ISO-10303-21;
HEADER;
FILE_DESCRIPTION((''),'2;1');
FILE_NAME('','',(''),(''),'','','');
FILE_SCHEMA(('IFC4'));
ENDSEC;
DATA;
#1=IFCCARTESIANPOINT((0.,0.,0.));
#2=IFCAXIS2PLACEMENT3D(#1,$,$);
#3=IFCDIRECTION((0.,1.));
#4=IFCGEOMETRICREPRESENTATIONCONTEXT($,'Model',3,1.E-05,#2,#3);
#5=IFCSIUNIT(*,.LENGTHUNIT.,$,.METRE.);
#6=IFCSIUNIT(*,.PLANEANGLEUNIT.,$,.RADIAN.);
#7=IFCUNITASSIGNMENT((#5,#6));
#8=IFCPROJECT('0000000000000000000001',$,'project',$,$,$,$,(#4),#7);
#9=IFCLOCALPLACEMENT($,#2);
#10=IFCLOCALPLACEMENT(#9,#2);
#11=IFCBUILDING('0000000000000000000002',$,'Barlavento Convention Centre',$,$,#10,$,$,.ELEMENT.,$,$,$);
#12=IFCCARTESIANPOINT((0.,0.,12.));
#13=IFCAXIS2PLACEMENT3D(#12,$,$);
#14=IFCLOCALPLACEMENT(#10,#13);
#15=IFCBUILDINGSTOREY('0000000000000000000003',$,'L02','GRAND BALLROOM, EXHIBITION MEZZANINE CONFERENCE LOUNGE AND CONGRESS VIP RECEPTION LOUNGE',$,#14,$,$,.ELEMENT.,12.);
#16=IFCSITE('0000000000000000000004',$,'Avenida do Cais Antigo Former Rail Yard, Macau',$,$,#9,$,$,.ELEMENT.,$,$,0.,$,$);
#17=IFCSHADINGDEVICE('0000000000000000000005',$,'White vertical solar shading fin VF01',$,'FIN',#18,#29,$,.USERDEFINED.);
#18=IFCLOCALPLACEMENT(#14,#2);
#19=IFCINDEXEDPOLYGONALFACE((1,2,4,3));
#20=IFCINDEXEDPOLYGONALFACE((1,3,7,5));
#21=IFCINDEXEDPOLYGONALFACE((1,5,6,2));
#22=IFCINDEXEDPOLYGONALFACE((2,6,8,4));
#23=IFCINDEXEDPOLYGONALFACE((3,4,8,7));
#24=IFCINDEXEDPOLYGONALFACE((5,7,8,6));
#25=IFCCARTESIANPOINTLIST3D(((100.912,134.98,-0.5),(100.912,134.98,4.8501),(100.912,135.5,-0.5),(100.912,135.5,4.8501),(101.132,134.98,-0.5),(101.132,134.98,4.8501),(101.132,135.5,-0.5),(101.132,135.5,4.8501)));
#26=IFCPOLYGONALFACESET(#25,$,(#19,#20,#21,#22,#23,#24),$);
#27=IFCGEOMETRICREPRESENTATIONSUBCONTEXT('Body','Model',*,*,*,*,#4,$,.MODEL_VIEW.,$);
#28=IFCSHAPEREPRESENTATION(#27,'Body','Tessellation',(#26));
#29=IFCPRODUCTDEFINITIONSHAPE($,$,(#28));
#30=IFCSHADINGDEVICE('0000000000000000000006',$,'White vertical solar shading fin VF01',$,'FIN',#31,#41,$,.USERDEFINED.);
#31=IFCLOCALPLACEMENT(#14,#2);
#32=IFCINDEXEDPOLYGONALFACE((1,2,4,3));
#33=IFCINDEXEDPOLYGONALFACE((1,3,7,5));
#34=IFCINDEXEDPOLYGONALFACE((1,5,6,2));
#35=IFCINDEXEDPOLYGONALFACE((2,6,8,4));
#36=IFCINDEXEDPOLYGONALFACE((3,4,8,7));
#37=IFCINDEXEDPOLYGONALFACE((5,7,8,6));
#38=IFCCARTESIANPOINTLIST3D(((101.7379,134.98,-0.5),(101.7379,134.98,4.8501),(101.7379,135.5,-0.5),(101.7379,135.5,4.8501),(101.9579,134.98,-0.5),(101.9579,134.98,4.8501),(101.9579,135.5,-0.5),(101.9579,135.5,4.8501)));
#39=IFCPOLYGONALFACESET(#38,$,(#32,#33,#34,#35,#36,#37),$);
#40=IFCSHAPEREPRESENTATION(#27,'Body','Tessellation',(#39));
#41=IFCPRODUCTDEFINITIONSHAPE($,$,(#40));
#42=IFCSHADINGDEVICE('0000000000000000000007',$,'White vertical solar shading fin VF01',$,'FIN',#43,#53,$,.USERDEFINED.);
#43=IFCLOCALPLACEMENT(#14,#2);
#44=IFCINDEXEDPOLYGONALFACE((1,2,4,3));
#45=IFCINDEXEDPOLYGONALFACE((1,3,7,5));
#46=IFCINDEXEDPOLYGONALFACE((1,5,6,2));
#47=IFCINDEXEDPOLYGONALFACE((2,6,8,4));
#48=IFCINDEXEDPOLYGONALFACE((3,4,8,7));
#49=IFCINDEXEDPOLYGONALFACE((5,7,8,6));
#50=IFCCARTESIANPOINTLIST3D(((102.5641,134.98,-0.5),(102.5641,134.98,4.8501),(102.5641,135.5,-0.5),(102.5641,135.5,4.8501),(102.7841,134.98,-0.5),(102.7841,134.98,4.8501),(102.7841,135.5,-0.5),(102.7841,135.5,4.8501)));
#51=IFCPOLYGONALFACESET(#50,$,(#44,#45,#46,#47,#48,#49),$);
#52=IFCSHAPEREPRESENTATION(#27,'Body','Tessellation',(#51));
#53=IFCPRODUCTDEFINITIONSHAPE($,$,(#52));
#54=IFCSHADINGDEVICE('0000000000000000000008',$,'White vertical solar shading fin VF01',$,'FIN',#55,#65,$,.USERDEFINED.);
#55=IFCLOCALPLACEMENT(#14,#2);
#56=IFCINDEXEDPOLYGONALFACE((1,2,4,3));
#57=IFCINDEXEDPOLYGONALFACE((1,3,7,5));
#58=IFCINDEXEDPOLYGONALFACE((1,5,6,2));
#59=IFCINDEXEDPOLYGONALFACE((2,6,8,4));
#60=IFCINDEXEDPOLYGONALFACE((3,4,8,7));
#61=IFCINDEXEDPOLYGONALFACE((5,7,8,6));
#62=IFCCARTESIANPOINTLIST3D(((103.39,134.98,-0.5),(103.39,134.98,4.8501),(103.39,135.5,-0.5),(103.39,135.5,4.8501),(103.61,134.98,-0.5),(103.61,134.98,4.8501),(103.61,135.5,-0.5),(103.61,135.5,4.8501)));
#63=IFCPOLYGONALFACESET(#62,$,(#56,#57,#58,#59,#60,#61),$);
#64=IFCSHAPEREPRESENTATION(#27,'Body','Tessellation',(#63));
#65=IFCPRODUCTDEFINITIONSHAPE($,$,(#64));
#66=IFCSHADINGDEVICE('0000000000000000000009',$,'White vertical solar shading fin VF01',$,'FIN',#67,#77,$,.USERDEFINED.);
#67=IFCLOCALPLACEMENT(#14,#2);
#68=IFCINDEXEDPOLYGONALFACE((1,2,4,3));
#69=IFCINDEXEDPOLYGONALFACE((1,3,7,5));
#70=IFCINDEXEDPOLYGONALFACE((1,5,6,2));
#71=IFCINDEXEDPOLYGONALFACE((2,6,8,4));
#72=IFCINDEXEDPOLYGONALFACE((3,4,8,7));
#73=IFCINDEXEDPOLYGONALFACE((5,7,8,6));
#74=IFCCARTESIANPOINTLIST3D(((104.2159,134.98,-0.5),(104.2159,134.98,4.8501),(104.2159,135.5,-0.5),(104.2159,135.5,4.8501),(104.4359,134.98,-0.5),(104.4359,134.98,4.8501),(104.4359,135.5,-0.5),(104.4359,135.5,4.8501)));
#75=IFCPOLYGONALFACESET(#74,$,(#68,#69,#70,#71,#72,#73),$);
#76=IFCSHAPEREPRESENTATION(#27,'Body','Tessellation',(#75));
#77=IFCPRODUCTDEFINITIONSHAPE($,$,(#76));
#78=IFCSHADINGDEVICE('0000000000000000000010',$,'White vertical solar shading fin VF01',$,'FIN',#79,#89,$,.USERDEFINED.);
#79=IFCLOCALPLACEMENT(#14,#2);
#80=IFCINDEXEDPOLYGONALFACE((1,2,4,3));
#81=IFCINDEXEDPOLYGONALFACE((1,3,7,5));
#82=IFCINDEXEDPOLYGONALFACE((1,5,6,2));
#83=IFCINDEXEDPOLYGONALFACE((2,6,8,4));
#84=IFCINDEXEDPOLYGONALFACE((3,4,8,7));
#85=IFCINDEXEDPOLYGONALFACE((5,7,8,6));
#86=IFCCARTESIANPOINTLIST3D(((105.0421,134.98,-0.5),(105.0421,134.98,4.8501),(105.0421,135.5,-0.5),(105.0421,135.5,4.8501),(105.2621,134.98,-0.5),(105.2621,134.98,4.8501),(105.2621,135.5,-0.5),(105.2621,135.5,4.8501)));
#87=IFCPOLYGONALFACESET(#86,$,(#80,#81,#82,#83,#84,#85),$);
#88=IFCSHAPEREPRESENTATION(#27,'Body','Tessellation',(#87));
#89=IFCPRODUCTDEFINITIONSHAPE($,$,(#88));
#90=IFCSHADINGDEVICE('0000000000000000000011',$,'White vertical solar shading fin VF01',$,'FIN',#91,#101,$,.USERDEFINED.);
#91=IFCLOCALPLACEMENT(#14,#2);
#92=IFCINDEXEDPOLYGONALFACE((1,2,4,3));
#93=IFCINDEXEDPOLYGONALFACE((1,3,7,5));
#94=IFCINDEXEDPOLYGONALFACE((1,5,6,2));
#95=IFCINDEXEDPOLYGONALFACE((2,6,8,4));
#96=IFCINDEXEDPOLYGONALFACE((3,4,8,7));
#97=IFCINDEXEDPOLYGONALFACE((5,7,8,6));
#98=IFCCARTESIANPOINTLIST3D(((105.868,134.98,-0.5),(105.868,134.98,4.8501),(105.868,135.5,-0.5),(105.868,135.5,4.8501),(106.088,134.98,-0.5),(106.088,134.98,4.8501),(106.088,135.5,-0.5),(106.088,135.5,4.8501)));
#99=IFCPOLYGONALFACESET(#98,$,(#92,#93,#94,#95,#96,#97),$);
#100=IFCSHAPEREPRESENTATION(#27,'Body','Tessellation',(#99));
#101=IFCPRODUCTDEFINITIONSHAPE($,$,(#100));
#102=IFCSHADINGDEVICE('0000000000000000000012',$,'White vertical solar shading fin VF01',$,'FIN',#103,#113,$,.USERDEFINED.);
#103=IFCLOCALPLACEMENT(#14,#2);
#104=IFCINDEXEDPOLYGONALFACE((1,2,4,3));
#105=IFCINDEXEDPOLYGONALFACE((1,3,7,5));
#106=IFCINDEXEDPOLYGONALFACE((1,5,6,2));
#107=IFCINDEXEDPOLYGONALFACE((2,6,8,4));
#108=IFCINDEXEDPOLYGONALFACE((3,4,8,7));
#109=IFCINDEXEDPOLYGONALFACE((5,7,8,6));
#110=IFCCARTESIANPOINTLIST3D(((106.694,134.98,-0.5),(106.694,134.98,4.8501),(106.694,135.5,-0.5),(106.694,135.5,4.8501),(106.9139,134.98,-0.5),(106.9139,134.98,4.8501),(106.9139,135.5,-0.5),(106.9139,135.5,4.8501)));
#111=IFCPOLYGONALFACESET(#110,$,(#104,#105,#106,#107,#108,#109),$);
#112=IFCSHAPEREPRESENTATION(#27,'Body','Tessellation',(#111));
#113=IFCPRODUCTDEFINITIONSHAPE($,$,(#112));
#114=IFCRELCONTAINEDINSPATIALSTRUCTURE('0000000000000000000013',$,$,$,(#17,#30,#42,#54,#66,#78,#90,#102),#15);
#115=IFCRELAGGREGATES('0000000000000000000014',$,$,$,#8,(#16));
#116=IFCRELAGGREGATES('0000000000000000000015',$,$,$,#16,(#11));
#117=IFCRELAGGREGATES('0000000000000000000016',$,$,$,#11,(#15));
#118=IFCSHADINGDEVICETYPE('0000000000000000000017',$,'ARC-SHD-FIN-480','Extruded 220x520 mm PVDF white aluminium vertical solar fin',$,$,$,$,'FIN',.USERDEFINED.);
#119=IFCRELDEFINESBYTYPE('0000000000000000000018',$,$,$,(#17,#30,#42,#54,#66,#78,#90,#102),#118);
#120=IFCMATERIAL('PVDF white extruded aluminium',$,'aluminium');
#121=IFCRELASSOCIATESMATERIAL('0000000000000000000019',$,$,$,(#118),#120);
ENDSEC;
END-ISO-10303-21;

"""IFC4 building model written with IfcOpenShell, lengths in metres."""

from ifc_helpers import new_model, si_unit, direction, frame, origin, origin_2d, place, context, subcontext, project, spatial, rectangle, extrude, material, type_object, element, save


model = new_model("IFC4")

# Units and contexts
model_context = context("Model", 3, precision=1e-05, world=origin(), true_north=direction((0.0, 1.0)))
body_context = subcontext(model_context, "Body", "Model", "MODEL_VIEW")
ifc_project = project(units=[si_unit("LENGTHUNIT", "METRE"), si_unit("PLANEANGLEUNIT", "RADIAN")], contexts=[model_context])

# Site, building, storey
site_placement = place(None, origin())
site = spatial("IfcSite", under=ifc_project, at=site_placement, Name="Avenida do Cais Antigo Former Rail Yard, Macau", CompositionType="ELEMENT", RefElevation=0.0)
building_placement = place(site_placement, origin())
building = spatial("IfcBuilding", under=site, at=building_placement, Name="Barlavento Convention Centre", CompositionType="ELEMENT")
storey_placement = place(building_placement, frame((0.0, 0.0, 12.0)))
storey = spatial("IfcBuildingStorey", under=building, at=storey_placement, Name="L02", Description="GRAND BALLROOM, EXHIBITION MEZZANINE CONFERENCE LOUNGE AND CONGRESS VIP RECEPTION LOUNGE", CompositionType="ELEMENT", Elevation=12.0)

# Shading devices
ifc_material_1 = material(Name="PVDF white extruded aluminium", Category="aluminium")
shading_device_type = type_object("IfcShadingDeviceType", Name="ARC-SHD-FIN-480", Description="Extruded 220x520 mm PVDF white aluminium vertical solar fin", ElementType="FIN", PredefinedType="USERDEFINED", material=ifc_material_1)
for number, where, z_axis, x_axis, name in (
    (1, (101.022, 135.24, -0.5), (0.0, 0.0, 1.0), (1.0, 0.0, 0.0), "White vertical solar shading fin VF01"),
    (2, (101.8479, 135.24, -0.5), (0.0, 0.0, 1.0), (1.0, 0.0, 0.0), "White vertical solar shading fin VF01"),
    (3, (102.6741, 135.24, -0.5), (0.0, 0.0, 1.0), (1.0, 0.0, 0.0), "White vertical solar shading fin VF01"),
    (4, (103.5, 135.24, -0.5), (0.0, 0.0, 1.0), (1.0, 0.0, 0.0), "White vertical solar shading fin VF01"),
    (5, (104.3259, 135.24, -0.5), (0.0, 0.0, 1.0), (1.0, 0.0, 0.0), "White vertical solar shading fin VF01"),
    (6, (105.1521, 135.24, -0.5), (0.0, 0.0, 1.0), (1.0, 0.0, 0.0), "White vertical solar shading fin VF01"),
    (7, (105.978, 135.24, -0.5), (0.0, 0.0, 1.0), (1.0, 0.0, 0.0), "White vertical solar shading fin VF01"),
    (8, (106.804, 135.24, -0.5), (0.0, 0.0, 1.0), (1.0, 0.0, 0.0), "White vertical solar shading fin VF01"),
):
    element("IfcShadingDevice", number, at=place(storey_placement, frame(where, z_axis=z_axis, x_axis=x_axis)), inside=storey, type_object=shading_device_type, Name=name, ObjectType="FIN", PredefinedType="USERDEFINED", context=body_context, shape_type="SweptSolid", body=[
        extrude(rectangle(XDim=0.22, YDim=0.52, at=origin_2d()), origin(), (0.0, 0.0, 1.0), 5.3501),
    ])

save(model, "model.ifc")
